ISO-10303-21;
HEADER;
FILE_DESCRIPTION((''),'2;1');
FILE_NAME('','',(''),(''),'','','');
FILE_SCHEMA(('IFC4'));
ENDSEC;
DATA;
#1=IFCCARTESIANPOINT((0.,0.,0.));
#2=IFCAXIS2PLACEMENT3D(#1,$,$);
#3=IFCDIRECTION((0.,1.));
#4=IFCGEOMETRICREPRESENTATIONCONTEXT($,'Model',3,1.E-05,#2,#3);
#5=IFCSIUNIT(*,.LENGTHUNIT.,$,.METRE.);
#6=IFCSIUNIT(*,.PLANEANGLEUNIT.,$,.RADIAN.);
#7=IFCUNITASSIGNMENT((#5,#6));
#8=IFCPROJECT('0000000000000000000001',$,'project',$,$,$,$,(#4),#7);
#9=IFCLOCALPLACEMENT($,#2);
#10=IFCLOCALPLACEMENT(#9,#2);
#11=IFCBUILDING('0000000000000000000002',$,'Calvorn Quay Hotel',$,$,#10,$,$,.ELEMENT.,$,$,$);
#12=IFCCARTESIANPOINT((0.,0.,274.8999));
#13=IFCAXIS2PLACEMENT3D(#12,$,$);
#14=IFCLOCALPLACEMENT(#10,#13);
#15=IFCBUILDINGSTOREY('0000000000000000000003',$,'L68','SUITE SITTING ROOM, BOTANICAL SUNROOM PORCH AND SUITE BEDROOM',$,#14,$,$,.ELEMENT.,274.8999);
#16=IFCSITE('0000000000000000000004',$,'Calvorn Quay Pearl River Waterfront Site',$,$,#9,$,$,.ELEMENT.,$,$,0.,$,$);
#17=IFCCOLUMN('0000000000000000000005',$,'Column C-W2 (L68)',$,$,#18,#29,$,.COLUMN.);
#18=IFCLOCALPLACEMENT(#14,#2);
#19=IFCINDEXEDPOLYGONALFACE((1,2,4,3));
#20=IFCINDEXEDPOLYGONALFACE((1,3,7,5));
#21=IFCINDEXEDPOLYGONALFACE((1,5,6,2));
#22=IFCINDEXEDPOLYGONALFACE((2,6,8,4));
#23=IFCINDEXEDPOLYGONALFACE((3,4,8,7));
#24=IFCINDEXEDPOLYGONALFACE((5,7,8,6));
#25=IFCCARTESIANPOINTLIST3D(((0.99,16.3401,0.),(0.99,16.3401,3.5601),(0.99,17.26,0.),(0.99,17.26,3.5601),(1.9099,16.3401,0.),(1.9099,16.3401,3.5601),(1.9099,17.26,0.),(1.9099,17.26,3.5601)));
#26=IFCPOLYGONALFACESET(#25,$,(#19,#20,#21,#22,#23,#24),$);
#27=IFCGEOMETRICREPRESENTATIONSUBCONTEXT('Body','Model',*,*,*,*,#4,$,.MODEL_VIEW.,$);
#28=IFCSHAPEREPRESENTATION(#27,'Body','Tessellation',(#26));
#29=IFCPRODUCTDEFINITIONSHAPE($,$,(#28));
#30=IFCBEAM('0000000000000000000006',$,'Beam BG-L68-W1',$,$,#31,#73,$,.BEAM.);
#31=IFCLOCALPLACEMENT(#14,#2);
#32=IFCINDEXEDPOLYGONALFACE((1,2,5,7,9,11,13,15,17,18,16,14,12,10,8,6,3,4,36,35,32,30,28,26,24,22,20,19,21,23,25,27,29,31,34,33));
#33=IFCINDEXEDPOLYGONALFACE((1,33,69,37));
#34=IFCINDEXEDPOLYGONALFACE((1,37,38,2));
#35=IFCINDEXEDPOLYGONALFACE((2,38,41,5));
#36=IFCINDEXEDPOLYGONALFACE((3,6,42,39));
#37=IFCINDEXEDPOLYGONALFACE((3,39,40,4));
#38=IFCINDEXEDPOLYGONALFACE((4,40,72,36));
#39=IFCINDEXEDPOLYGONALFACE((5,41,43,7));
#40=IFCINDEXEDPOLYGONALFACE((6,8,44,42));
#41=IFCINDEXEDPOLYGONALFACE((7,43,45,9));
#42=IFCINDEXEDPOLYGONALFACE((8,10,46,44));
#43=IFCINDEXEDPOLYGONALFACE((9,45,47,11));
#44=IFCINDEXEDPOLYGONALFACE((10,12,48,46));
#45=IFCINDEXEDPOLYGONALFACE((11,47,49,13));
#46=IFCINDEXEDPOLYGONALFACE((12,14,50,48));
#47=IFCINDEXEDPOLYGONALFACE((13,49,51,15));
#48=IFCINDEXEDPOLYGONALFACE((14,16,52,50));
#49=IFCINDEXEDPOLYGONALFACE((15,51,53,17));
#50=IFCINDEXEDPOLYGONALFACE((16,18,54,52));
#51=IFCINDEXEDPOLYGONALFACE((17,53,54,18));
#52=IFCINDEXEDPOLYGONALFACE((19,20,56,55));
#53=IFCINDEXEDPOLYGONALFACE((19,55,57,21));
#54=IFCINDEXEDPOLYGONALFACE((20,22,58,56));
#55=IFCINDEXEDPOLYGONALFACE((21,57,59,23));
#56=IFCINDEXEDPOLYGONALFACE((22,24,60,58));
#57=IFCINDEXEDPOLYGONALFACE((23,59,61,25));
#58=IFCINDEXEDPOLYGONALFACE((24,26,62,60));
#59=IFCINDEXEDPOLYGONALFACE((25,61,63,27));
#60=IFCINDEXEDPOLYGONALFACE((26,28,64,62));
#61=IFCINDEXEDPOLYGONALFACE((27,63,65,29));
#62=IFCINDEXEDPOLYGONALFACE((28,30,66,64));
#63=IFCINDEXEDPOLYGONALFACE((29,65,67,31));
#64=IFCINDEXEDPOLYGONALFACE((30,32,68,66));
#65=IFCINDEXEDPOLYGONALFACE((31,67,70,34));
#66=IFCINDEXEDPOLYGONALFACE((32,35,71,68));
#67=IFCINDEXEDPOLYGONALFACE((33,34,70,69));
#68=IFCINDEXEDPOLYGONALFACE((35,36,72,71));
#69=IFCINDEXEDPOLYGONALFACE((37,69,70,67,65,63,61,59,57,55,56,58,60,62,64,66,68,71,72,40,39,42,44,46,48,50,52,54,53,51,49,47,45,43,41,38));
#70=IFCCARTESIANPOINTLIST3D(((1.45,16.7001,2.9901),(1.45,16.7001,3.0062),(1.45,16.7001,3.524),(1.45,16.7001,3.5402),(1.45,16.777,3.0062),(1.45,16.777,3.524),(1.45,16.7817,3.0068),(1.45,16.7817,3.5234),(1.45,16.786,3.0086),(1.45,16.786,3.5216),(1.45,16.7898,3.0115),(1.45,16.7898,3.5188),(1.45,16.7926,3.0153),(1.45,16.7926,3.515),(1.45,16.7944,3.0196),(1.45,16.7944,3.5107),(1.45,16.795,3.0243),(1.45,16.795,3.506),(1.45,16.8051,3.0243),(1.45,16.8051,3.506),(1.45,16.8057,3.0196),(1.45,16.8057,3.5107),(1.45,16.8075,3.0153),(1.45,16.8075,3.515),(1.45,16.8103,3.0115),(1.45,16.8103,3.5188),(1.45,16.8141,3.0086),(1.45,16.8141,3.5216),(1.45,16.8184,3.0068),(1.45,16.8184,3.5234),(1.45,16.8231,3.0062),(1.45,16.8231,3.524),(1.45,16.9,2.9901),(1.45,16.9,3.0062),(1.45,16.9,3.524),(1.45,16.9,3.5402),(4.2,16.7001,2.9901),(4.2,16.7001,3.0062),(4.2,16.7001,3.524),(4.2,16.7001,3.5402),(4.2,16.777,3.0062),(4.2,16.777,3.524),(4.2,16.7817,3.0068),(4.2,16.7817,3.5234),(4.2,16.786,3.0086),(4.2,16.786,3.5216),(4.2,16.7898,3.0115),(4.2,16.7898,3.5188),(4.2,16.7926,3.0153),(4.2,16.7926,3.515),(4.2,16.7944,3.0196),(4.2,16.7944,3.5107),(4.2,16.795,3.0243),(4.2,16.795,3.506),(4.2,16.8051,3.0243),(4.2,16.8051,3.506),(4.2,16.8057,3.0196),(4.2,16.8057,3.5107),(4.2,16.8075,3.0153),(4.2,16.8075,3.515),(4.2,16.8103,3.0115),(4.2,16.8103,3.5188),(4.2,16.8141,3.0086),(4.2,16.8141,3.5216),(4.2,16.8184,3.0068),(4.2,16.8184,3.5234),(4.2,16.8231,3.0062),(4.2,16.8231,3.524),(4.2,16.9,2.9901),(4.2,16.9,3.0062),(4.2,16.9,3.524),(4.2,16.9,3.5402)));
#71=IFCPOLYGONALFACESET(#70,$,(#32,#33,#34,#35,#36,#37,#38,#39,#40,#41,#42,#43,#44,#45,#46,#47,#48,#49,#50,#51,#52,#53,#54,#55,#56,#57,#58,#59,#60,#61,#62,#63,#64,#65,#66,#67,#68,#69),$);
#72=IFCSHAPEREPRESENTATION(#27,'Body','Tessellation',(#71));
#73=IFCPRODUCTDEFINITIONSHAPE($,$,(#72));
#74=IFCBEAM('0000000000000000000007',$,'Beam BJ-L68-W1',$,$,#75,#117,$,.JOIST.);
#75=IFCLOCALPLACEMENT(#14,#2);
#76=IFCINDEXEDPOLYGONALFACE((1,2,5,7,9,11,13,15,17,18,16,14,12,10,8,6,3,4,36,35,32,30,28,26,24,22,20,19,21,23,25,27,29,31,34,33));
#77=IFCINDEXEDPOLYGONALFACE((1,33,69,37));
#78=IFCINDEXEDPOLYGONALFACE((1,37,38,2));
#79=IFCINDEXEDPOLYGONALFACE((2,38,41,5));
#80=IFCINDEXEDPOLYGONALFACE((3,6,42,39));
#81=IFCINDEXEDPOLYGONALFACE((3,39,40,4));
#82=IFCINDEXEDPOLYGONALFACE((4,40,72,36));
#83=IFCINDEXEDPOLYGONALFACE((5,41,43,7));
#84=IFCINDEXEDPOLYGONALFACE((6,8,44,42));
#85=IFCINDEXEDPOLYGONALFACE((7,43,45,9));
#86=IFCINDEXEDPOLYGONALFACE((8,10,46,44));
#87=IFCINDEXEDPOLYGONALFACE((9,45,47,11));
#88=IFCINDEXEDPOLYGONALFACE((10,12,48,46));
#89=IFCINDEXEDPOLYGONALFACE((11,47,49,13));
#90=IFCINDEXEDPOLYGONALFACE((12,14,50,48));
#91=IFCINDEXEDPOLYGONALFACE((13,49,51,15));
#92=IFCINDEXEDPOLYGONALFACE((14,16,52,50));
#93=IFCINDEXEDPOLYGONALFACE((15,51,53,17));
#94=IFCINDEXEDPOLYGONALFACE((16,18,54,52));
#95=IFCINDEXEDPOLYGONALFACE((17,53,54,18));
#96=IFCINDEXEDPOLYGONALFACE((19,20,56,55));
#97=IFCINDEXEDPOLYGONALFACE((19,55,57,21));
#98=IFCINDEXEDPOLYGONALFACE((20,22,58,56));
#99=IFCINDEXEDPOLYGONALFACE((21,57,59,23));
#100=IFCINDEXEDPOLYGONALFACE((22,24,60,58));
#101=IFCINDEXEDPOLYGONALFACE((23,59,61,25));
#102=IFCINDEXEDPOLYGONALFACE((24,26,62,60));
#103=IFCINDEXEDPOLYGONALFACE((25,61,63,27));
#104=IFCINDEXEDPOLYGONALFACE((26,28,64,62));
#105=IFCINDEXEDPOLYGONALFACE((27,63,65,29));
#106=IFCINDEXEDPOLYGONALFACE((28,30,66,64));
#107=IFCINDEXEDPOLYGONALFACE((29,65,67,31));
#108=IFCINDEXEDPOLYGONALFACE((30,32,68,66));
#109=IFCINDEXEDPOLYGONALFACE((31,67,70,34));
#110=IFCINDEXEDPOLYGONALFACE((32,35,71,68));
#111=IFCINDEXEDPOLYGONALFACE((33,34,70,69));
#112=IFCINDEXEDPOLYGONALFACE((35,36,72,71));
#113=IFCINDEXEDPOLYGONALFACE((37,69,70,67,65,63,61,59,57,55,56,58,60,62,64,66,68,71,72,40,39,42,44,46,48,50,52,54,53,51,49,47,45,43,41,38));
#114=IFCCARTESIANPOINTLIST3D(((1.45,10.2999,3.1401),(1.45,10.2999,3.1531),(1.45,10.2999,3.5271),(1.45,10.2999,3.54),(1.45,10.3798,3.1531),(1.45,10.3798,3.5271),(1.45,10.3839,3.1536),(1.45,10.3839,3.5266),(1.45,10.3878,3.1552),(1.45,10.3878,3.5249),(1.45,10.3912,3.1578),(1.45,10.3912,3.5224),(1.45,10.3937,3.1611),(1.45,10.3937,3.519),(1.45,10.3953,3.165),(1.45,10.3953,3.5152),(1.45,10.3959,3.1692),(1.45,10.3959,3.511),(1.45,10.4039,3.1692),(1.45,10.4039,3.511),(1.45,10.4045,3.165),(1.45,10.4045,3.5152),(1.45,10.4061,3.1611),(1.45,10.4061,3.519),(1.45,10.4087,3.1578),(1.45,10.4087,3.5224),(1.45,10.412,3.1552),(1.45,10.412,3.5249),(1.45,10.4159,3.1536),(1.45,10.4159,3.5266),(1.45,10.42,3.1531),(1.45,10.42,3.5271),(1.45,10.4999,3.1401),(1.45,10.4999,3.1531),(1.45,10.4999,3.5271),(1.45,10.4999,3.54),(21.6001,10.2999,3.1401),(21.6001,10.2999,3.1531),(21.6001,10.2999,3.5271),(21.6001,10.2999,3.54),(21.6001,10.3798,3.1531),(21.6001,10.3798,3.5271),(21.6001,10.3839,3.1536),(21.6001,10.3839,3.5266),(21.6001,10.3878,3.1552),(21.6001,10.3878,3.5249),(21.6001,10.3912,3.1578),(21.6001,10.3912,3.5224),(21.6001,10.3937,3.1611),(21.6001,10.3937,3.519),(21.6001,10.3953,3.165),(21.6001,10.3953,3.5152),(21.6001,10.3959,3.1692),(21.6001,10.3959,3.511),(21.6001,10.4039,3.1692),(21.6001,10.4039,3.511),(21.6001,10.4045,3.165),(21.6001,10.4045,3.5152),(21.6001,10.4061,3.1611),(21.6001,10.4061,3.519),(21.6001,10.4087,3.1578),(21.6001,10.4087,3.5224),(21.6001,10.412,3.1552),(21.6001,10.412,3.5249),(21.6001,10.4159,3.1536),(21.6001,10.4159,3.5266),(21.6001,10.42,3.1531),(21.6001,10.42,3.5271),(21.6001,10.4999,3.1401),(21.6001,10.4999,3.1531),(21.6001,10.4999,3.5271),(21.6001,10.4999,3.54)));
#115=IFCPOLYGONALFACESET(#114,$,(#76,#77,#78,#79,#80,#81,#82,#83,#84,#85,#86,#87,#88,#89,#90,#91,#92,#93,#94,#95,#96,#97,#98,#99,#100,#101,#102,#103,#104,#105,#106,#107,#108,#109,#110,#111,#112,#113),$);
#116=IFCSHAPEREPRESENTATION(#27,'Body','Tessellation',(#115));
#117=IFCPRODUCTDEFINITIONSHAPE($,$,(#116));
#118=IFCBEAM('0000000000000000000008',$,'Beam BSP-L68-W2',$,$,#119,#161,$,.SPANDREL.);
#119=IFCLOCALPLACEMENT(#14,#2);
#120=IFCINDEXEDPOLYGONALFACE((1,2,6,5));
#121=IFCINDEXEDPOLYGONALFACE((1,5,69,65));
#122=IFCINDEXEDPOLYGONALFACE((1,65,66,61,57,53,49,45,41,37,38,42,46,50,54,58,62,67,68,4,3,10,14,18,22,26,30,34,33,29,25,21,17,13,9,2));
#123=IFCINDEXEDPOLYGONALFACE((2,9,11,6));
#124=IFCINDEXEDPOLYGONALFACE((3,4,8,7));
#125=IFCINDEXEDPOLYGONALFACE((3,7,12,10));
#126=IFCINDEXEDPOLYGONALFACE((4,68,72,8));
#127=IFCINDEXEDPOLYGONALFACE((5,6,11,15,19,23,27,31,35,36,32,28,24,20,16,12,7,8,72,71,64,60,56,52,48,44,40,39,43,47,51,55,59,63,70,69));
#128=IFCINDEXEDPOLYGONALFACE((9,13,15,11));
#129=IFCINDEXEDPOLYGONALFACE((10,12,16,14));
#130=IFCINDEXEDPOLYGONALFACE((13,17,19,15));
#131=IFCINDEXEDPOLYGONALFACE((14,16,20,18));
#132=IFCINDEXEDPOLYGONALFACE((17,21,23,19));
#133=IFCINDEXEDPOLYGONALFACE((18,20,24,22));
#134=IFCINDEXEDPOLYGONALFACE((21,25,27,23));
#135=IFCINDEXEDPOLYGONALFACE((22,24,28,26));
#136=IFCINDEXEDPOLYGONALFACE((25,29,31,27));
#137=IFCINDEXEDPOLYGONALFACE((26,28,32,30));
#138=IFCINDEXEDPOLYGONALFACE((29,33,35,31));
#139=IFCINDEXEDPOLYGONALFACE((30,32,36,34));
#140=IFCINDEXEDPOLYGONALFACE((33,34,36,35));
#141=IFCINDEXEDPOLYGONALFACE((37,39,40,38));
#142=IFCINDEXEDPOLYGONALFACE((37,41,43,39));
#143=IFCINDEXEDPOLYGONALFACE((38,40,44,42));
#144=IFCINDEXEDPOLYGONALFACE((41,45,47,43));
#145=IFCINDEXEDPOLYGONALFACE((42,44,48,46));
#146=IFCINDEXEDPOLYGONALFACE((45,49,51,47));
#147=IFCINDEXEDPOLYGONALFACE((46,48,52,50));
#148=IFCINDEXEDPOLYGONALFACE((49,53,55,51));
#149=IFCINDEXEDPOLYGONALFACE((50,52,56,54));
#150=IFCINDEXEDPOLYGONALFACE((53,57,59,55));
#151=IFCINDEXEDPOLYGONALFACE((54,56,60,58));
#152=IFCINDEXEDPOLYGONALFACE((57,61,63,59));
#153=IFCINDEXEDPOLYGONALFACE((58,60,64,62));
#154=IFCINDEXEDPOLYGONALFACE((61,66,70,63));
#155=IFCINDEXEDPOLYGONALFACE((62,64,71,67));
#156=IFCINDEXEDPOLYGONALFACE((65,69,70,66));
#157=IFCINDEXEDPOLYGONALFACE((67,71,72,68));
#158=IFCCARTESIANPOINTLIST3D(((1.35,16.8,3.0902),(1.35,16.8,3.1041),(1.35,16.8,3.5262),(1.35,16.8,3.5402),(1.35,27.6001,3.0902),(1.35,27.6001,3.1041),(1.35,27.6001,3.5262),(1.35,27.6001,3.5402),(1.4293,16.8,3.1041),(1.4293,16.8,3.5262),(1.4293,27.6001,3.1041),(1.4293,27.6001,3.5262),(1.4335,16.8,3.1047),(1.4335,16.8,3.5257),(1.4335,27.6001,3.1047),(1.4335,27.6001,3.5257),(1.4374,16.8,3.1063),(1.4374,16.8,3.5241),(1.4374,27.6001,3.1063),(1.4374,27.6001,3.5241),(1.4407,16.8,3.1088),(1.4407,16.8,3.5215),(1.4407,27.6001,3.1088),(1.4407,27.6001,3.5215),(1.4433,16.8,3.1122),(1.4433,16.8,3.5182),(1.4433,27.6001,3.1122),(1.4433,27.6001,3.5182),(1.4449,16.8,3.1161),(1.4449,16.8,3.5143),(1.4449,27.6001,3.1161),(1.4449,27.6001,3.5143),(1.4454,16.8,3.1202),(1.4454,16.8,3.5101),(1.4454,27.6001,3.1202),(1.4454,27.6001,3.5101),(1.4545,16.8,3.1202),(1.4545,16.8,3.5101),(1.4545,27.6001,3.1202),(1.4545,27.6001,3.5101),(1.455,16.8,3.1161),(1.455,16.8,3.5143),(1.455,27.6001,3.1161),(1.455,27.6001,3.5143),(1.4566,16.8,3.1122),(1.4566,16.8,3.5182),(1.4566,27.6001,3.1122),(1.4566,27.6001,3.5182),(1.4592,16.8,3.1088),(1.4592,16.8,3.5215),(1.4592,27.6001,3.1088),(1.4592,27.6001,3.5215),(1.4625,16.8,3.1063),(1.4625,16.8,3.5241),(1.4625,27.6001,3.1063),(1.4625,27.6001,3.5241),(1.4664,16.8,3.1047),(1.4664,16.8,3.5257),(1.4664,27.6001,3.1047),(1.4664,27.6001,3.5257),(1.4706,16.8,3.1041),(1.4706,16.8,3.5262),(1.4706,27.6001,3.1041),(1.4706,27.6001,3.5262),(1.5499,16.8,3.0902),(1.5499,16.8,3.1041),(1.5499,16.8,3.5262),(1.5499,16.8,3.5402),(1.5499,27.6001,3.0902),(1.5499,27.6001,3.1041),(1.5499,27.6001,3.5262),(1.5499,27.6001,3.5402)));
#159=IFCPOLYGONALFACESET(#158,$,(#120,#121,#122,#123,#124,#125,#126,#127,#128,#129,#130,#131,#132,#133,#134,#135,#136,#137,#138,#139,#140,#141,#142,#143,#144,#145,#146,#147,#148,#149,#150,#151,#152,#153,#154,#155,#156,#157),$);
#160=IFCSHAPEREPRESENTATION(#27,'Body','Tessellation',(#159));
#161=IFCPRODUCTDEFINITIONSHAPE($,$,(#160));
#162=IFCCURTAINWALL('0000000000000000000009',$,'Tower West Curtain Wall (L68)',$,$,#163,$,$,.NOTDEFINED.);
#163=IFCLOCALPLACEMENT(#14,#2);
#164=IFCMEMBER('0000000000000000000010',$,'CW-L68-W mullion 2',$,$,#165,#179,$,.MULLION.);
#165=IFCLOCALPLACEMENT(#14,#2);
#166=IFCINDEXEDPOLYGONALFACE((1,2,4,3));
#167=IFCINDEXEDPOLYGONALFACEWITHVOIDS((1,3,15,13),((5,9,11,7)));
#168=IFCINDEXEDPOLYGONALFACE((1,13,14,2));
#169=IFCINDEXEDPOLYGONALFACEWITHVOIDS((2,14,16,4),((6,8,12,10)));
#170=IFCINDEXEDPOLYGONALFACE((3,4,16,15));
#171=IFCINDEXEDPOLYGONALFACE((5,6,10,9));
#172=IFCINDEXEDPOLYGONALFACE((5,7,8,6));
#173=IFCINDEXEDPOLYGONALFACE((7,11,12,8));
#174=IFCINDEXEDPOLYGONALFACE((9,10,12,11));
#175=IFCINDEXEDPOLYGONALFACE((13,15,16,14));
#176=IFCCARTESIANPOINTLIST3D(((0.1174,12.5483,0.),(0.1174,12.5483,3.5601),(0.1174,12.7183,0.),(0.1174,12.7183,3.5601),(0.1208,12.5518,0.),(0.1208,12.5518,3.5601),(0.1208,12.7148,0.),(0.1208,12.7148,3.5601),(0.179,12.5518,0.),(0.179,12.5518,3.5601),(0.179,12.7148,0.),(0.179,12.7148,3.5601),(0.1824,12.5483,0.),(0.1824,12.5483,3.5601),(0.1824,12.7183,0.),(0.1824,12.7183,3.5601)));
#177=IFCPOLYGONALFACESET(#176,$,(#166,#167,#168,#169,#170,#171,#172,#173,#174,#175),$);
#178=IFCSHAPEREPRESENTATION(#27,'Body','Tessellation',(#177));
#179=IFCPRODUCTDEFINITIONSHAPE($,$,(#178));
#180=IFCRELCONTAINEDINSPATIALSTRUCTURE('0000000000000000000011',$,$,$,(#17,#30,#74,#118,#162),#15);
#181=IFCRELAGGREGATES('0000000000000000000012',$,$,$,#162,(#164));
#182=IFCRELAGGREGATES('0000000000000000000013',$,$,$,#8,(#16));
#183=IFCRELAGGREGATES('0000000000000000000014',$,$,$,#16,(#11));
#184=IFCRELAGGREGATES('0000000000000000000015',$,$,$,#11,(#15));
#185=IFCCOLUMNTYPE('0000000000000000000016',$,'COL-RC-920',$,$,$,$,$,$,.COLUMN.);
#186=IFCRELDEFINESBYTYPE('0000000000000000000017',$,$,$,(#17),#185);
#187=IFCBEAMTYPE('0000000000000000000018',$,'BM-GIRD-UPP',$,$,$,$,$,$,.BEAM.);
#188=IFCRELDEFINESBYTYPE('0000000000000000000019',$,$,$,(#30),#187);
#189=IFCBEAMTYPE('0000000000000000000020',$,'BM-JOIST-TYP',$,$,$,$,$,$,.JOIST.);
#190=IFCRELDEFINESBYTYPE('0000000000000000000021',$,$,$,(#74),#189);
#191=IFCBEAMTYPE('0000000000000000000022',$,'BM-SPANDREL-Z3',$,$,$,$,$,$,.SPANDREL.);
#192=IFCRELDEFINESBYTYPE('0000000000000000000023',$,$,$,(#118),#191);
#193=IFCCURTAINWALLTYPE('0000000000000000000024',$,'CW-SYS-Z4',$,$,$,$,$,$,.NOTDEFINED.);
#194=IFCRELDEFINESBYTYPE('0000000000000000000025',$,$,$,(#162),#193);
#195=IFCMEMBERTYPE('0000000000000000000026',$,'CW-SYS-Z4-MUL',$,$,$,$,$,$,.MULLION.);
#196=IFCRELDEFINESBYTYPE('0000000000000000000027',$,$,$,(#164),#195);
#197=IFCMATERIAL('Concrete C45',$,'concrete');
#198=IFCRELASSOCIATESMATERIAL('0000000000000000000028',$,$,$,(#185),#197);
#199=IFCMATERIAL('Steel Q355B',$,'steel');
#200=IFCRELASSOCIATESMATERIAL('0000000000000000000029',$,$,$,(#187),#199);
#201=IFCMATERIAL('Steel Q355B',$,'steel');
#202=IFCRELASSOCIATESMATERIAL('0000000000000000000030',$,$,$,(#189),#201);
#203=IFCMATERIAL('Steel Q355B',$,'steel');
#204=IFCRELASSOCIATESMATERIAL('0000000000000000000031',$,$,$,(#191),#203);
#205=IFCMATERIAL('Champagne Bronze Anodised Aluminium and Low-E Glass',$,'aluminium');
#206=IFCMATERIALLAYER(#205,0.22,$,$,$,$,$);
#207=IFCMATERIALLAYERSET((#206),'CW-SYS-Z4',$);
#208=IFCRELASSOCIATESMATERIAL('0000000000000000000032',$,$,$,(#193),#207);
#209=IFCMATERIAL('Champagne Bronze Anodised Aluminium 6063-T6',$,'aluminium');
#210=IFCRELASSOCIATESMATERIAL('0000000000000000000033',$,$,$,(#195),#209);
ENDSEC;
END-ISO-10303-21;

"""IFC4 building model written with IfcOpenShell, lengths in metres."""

from ifc_helpers import new_model, si_unit, direction, frame, origin, origin_2d, place, context, subcontext, project, spatial, rectangle, hollow_rectangle, i_section, extrude, material, layer, layer_set, material_profile, profile_set, type_object, element, aggregate, save


model = new_model("IFC4")

# Units and contexts
model_context = context("Model", 3, precision=1e-05, world=origin(), true_north=direction((0.0, 1.0)))
body_context = subcontext(model_context, "Body", "Model", "MODEL_VIEW")
ifc_project = project(units=[si_unit("LENGTHUNIT", "METRE"), si_unit("PLANEANGLEUNIT", "RADIAN")], contexts=[model_context])

# Site, building, storey
site_placement = place(None, origin())
site = spatial("IfcSite", under=ifc_project, at=site_placement, Name="Calvorn Quay Pearl River Waterfront Site", CompositionType="ELEMENT", RefElevation=0.0)
building_placement = place(site_placement, origin())
building = spatial("IfcBuilding", under=site, at=building_placement, Name="Calvorn Quay Hotel", CompositionType="ELEMENT")
storey_placement = place(building_placement, frame((0.0, 0.0, 274.8999)))
storey = spatial("IfcBuildingStorey", under=building, at=storey_placement, Name="L68", Description="SUITE SITTING ROOM, BOTANICAL SUNROOM PORCH AND SUITE BEDROOM", CompositionType="ELEMENT", Elevation=274.8999)

# Column
ifc_material_1 = material(Name="Concrete C45", Category="concrete")
ifc_material_profile_1 = material_profile(ifc_material_1, rectangle(XDim=0.9199, YDim=0.9199, at=origin_2d()), Name="RC920x920")
ifc_profile_set_1 = profile_set([ifc_material_profile_1], Name="Concrete C45")
column_type = type_object("IfcColumnType", Name="COL-RC-920", PredefinedType="COLUMN", material=ifc_profile_set_1)
column_placement = place(storey_placement, frame((1.45, 16.8, 0.0), z_axis=(0.0, 0.0, 1.0), x_axis=(1.0, 0.0, 0.0)))
element("IfcColumn", 1, at=column_placement, inside=storey, type_object=column_type, Name="Column C-W2 (L68)", PredefinedType="COLUMN", context=body_context, shape_type="SweptSolid", body=[
    extrude(rectangle(XDim=0.9199, YDim=0.9199, at=origin_2d()), origin(), (0.0, 0.0, 1.0), 3.5601),
])

# Beams
ifc_material_2 = material(Name="Steel Q355B", Category="steel")
ifc_material_profile_2 = material_profile(ifc_material_2, i_section(OverallWidth=0.2, OverallDepth=0.55, WebThickness=0.01, FlangeThickness=0.0161, FilletRadius=0.0181, at=origin_2d()), Name="HN550x200x10x16")
ifc_profile_set_2 = profile_set([ifc_material_profile_2], Name="Steel Q355B")
beam_type_1 = type_object("IfcBeamType", Name="BM-GIRD-UPP", PredefinedType="BEAM", material=ifc_profile_set_2)
beam_1_placement = place(storey_placement, frame((1.45, 16.8, 3.2651), z_axis=(1.0, 0.0, 0.0), x_axis=(0.0, 1.0, 0.0)))
element("IfcBeam", 2, at=beam_1_placement, inside=storey, type_object=beam_type_1, Name="Beam BG-L68-W1", PredefinedType="BEAM", context=body_context, shape_type="SweptSolid", body=[
    extrude(i_section(OverallWidth=0.2, OverallDepth=0.55, WebThickness=0.01, FlangeThickness=0.0161, FilletRadius=0.0181, at=origin_2d()), origin(), (0.0, 0.0, 1.0), 2.75),
])
ifc_material_3 = material(Name="Steel Q355B", Category="steel")
ifc_material_profile_3 = material_profile(ifc_material_3, i_section(OverallWidth=0.2, OverallDepth=0.3999, WebThickness=0.0081, FlangeThickness=0.0129, FilletRadius=0.0161, at=origin_2d()), Name="HN400x200x8x13")
ifc_profile_set_3 = profile_set([ifc_material_profile_3], Name="Steel Q355B")
beam_type_2 = type_object("IfcBeamType", Name="BM-JOIST-TYP", PredefinedType="JOIST", material=ifc_profile_set_3)
beam_2_placement = place(storey_placement, frame((1.45, 10.3999, 3.3401), z_axis=(1.0, 0.0, 0.0), x_axis=(0.0, 1.0, 0.0)))
element("IfcBeam", 3, at=beam_2_placement, inside=storey, type_object=beam_type_2, Name="Beam BJ-L68-W1", PredefinedType="JOIST", context=body_context, shape_type="SweptSolid", body=[
    extrude(i_section(OverallWidth=0.2, OverallDepth=0.3999, WebThickness=0.0081, FlangeThickness=0.0129, FilletRadius=0.0161, at=origin_2d()), origin(), (0.0, 0.0, 1.0), 20.1501),
])
ifc_material_4 = material(Name="Steel Q355B", Category="steel")
ifc_material_profile_4 = material_profile(ifc_material_4, i_section(OverallWidth=0.2, OverallDepth=0.45, WebThickness=0.009, FlangeThickness=0.0139, FilletRadius=0.0161, at=origin_2d()), Name="HN450x200x9x14")
ifc_profile_set_4 = profile_set([ifc_material_profile_4], Name="Steel Q355B")
beam_type_3 = type_object("IfcBeamType", Name="BM-SPANDREL-Z3", PredefinedType="SPANDREL", material=ifc_profile_set_4)
beam_3_placement = place(storey_placement, frame((1.45, 16.8, 3.3152), z_axis=(0.0, 1.0, 0.0), x_axis=(-1.0, 0.0, 0.0)))
element("IfcBeam", 4, at=beam_3_placement, inside=storey, type_object=beam_type_3, Name="Beam BSP-L68-W2", PredefinedType="SPANDREL", context=body_context, shape_type="SweptSolid", body=[
    extrude(i_section(OverallWidth=0.2, OverallDepth=0.45, WebThickness=0.009, FlangeThickness=0.0139, FilletRadius=0.0161, at=origin_2d()), origin(), (0.0, 0.0, 1.0), 10.8),
])

# Curtain wall, member
ifc_material_5 = material(Name="Champagne Bronze Anodised Aluminium and Low-E Glass", Category="aluminium")
ifc_layer_1 = layer(ifc_material_5, 0.22)
ifc_layer_set_1 = layer_set([ifc_layer_1], Name="CW-SYS-Z4")
curtain_wall_type = type_object("IfcCurtainWallType", Name="CW-SYS-Z4", PredefinedType="NOTDEFINED", material=ifc_layer_set_1)
curtain_wall_placement = place(storey_placement, origin())
curtain_wall = element("IfcCurtainWall", 5, at=curtain_wall_placement, inside=storey, type_object=curtain_wall_type, Name="Tower West Curtain Wall (L68)", PredefinedType="NOTDEFINED")
ifc_material_6 = material(Name="Champagne Bronze Anodised Aluminium 6063-T6", Category="aluminium")
ifc_material_profile_5 = material_profile(ifc_material_6, hollow_rectangle(XDim=0.0649, YDim=0.1699, WallThickness=0.0034, at=origin_2d()), Name="ALU-M170x65x3.5")
ifc_profile_set_5 = profile_set([ifc_material_profile_5], Name="Champagne Bronze Anodised Aluminium 6063-T6")
member_type_1 = type_object("IfcMemberType", Name="CW-SYS-Z4-MUL", PredefinedType="MULLION", material=ifc_profile_set_5)
member_1_placement = place(storey_placement, frame((0.1499, 12.6333, 0.0), z_axis=(0.0, 0.0, 1.0), x_axis=(-1.0, 0.0, 0.0)))
member_1 = element("IfcMember", 6, at=member_1_placement, type_object=member_type_1, Name="CW-L68-W mullion 2", PredefinedType="MULLION", context=body_context, shape_type="SweptSolid", body=[
    extrude(hollow_rectangle(XDim=0.0649, YDim=0.1699, WallThickness=0.0034, at=origin_2d()), origin(), (0.0, 0.0, 1.0), 3.5601),
])
aggregate(curtain_wall, [member_1])

save(model, "model.ifc")
